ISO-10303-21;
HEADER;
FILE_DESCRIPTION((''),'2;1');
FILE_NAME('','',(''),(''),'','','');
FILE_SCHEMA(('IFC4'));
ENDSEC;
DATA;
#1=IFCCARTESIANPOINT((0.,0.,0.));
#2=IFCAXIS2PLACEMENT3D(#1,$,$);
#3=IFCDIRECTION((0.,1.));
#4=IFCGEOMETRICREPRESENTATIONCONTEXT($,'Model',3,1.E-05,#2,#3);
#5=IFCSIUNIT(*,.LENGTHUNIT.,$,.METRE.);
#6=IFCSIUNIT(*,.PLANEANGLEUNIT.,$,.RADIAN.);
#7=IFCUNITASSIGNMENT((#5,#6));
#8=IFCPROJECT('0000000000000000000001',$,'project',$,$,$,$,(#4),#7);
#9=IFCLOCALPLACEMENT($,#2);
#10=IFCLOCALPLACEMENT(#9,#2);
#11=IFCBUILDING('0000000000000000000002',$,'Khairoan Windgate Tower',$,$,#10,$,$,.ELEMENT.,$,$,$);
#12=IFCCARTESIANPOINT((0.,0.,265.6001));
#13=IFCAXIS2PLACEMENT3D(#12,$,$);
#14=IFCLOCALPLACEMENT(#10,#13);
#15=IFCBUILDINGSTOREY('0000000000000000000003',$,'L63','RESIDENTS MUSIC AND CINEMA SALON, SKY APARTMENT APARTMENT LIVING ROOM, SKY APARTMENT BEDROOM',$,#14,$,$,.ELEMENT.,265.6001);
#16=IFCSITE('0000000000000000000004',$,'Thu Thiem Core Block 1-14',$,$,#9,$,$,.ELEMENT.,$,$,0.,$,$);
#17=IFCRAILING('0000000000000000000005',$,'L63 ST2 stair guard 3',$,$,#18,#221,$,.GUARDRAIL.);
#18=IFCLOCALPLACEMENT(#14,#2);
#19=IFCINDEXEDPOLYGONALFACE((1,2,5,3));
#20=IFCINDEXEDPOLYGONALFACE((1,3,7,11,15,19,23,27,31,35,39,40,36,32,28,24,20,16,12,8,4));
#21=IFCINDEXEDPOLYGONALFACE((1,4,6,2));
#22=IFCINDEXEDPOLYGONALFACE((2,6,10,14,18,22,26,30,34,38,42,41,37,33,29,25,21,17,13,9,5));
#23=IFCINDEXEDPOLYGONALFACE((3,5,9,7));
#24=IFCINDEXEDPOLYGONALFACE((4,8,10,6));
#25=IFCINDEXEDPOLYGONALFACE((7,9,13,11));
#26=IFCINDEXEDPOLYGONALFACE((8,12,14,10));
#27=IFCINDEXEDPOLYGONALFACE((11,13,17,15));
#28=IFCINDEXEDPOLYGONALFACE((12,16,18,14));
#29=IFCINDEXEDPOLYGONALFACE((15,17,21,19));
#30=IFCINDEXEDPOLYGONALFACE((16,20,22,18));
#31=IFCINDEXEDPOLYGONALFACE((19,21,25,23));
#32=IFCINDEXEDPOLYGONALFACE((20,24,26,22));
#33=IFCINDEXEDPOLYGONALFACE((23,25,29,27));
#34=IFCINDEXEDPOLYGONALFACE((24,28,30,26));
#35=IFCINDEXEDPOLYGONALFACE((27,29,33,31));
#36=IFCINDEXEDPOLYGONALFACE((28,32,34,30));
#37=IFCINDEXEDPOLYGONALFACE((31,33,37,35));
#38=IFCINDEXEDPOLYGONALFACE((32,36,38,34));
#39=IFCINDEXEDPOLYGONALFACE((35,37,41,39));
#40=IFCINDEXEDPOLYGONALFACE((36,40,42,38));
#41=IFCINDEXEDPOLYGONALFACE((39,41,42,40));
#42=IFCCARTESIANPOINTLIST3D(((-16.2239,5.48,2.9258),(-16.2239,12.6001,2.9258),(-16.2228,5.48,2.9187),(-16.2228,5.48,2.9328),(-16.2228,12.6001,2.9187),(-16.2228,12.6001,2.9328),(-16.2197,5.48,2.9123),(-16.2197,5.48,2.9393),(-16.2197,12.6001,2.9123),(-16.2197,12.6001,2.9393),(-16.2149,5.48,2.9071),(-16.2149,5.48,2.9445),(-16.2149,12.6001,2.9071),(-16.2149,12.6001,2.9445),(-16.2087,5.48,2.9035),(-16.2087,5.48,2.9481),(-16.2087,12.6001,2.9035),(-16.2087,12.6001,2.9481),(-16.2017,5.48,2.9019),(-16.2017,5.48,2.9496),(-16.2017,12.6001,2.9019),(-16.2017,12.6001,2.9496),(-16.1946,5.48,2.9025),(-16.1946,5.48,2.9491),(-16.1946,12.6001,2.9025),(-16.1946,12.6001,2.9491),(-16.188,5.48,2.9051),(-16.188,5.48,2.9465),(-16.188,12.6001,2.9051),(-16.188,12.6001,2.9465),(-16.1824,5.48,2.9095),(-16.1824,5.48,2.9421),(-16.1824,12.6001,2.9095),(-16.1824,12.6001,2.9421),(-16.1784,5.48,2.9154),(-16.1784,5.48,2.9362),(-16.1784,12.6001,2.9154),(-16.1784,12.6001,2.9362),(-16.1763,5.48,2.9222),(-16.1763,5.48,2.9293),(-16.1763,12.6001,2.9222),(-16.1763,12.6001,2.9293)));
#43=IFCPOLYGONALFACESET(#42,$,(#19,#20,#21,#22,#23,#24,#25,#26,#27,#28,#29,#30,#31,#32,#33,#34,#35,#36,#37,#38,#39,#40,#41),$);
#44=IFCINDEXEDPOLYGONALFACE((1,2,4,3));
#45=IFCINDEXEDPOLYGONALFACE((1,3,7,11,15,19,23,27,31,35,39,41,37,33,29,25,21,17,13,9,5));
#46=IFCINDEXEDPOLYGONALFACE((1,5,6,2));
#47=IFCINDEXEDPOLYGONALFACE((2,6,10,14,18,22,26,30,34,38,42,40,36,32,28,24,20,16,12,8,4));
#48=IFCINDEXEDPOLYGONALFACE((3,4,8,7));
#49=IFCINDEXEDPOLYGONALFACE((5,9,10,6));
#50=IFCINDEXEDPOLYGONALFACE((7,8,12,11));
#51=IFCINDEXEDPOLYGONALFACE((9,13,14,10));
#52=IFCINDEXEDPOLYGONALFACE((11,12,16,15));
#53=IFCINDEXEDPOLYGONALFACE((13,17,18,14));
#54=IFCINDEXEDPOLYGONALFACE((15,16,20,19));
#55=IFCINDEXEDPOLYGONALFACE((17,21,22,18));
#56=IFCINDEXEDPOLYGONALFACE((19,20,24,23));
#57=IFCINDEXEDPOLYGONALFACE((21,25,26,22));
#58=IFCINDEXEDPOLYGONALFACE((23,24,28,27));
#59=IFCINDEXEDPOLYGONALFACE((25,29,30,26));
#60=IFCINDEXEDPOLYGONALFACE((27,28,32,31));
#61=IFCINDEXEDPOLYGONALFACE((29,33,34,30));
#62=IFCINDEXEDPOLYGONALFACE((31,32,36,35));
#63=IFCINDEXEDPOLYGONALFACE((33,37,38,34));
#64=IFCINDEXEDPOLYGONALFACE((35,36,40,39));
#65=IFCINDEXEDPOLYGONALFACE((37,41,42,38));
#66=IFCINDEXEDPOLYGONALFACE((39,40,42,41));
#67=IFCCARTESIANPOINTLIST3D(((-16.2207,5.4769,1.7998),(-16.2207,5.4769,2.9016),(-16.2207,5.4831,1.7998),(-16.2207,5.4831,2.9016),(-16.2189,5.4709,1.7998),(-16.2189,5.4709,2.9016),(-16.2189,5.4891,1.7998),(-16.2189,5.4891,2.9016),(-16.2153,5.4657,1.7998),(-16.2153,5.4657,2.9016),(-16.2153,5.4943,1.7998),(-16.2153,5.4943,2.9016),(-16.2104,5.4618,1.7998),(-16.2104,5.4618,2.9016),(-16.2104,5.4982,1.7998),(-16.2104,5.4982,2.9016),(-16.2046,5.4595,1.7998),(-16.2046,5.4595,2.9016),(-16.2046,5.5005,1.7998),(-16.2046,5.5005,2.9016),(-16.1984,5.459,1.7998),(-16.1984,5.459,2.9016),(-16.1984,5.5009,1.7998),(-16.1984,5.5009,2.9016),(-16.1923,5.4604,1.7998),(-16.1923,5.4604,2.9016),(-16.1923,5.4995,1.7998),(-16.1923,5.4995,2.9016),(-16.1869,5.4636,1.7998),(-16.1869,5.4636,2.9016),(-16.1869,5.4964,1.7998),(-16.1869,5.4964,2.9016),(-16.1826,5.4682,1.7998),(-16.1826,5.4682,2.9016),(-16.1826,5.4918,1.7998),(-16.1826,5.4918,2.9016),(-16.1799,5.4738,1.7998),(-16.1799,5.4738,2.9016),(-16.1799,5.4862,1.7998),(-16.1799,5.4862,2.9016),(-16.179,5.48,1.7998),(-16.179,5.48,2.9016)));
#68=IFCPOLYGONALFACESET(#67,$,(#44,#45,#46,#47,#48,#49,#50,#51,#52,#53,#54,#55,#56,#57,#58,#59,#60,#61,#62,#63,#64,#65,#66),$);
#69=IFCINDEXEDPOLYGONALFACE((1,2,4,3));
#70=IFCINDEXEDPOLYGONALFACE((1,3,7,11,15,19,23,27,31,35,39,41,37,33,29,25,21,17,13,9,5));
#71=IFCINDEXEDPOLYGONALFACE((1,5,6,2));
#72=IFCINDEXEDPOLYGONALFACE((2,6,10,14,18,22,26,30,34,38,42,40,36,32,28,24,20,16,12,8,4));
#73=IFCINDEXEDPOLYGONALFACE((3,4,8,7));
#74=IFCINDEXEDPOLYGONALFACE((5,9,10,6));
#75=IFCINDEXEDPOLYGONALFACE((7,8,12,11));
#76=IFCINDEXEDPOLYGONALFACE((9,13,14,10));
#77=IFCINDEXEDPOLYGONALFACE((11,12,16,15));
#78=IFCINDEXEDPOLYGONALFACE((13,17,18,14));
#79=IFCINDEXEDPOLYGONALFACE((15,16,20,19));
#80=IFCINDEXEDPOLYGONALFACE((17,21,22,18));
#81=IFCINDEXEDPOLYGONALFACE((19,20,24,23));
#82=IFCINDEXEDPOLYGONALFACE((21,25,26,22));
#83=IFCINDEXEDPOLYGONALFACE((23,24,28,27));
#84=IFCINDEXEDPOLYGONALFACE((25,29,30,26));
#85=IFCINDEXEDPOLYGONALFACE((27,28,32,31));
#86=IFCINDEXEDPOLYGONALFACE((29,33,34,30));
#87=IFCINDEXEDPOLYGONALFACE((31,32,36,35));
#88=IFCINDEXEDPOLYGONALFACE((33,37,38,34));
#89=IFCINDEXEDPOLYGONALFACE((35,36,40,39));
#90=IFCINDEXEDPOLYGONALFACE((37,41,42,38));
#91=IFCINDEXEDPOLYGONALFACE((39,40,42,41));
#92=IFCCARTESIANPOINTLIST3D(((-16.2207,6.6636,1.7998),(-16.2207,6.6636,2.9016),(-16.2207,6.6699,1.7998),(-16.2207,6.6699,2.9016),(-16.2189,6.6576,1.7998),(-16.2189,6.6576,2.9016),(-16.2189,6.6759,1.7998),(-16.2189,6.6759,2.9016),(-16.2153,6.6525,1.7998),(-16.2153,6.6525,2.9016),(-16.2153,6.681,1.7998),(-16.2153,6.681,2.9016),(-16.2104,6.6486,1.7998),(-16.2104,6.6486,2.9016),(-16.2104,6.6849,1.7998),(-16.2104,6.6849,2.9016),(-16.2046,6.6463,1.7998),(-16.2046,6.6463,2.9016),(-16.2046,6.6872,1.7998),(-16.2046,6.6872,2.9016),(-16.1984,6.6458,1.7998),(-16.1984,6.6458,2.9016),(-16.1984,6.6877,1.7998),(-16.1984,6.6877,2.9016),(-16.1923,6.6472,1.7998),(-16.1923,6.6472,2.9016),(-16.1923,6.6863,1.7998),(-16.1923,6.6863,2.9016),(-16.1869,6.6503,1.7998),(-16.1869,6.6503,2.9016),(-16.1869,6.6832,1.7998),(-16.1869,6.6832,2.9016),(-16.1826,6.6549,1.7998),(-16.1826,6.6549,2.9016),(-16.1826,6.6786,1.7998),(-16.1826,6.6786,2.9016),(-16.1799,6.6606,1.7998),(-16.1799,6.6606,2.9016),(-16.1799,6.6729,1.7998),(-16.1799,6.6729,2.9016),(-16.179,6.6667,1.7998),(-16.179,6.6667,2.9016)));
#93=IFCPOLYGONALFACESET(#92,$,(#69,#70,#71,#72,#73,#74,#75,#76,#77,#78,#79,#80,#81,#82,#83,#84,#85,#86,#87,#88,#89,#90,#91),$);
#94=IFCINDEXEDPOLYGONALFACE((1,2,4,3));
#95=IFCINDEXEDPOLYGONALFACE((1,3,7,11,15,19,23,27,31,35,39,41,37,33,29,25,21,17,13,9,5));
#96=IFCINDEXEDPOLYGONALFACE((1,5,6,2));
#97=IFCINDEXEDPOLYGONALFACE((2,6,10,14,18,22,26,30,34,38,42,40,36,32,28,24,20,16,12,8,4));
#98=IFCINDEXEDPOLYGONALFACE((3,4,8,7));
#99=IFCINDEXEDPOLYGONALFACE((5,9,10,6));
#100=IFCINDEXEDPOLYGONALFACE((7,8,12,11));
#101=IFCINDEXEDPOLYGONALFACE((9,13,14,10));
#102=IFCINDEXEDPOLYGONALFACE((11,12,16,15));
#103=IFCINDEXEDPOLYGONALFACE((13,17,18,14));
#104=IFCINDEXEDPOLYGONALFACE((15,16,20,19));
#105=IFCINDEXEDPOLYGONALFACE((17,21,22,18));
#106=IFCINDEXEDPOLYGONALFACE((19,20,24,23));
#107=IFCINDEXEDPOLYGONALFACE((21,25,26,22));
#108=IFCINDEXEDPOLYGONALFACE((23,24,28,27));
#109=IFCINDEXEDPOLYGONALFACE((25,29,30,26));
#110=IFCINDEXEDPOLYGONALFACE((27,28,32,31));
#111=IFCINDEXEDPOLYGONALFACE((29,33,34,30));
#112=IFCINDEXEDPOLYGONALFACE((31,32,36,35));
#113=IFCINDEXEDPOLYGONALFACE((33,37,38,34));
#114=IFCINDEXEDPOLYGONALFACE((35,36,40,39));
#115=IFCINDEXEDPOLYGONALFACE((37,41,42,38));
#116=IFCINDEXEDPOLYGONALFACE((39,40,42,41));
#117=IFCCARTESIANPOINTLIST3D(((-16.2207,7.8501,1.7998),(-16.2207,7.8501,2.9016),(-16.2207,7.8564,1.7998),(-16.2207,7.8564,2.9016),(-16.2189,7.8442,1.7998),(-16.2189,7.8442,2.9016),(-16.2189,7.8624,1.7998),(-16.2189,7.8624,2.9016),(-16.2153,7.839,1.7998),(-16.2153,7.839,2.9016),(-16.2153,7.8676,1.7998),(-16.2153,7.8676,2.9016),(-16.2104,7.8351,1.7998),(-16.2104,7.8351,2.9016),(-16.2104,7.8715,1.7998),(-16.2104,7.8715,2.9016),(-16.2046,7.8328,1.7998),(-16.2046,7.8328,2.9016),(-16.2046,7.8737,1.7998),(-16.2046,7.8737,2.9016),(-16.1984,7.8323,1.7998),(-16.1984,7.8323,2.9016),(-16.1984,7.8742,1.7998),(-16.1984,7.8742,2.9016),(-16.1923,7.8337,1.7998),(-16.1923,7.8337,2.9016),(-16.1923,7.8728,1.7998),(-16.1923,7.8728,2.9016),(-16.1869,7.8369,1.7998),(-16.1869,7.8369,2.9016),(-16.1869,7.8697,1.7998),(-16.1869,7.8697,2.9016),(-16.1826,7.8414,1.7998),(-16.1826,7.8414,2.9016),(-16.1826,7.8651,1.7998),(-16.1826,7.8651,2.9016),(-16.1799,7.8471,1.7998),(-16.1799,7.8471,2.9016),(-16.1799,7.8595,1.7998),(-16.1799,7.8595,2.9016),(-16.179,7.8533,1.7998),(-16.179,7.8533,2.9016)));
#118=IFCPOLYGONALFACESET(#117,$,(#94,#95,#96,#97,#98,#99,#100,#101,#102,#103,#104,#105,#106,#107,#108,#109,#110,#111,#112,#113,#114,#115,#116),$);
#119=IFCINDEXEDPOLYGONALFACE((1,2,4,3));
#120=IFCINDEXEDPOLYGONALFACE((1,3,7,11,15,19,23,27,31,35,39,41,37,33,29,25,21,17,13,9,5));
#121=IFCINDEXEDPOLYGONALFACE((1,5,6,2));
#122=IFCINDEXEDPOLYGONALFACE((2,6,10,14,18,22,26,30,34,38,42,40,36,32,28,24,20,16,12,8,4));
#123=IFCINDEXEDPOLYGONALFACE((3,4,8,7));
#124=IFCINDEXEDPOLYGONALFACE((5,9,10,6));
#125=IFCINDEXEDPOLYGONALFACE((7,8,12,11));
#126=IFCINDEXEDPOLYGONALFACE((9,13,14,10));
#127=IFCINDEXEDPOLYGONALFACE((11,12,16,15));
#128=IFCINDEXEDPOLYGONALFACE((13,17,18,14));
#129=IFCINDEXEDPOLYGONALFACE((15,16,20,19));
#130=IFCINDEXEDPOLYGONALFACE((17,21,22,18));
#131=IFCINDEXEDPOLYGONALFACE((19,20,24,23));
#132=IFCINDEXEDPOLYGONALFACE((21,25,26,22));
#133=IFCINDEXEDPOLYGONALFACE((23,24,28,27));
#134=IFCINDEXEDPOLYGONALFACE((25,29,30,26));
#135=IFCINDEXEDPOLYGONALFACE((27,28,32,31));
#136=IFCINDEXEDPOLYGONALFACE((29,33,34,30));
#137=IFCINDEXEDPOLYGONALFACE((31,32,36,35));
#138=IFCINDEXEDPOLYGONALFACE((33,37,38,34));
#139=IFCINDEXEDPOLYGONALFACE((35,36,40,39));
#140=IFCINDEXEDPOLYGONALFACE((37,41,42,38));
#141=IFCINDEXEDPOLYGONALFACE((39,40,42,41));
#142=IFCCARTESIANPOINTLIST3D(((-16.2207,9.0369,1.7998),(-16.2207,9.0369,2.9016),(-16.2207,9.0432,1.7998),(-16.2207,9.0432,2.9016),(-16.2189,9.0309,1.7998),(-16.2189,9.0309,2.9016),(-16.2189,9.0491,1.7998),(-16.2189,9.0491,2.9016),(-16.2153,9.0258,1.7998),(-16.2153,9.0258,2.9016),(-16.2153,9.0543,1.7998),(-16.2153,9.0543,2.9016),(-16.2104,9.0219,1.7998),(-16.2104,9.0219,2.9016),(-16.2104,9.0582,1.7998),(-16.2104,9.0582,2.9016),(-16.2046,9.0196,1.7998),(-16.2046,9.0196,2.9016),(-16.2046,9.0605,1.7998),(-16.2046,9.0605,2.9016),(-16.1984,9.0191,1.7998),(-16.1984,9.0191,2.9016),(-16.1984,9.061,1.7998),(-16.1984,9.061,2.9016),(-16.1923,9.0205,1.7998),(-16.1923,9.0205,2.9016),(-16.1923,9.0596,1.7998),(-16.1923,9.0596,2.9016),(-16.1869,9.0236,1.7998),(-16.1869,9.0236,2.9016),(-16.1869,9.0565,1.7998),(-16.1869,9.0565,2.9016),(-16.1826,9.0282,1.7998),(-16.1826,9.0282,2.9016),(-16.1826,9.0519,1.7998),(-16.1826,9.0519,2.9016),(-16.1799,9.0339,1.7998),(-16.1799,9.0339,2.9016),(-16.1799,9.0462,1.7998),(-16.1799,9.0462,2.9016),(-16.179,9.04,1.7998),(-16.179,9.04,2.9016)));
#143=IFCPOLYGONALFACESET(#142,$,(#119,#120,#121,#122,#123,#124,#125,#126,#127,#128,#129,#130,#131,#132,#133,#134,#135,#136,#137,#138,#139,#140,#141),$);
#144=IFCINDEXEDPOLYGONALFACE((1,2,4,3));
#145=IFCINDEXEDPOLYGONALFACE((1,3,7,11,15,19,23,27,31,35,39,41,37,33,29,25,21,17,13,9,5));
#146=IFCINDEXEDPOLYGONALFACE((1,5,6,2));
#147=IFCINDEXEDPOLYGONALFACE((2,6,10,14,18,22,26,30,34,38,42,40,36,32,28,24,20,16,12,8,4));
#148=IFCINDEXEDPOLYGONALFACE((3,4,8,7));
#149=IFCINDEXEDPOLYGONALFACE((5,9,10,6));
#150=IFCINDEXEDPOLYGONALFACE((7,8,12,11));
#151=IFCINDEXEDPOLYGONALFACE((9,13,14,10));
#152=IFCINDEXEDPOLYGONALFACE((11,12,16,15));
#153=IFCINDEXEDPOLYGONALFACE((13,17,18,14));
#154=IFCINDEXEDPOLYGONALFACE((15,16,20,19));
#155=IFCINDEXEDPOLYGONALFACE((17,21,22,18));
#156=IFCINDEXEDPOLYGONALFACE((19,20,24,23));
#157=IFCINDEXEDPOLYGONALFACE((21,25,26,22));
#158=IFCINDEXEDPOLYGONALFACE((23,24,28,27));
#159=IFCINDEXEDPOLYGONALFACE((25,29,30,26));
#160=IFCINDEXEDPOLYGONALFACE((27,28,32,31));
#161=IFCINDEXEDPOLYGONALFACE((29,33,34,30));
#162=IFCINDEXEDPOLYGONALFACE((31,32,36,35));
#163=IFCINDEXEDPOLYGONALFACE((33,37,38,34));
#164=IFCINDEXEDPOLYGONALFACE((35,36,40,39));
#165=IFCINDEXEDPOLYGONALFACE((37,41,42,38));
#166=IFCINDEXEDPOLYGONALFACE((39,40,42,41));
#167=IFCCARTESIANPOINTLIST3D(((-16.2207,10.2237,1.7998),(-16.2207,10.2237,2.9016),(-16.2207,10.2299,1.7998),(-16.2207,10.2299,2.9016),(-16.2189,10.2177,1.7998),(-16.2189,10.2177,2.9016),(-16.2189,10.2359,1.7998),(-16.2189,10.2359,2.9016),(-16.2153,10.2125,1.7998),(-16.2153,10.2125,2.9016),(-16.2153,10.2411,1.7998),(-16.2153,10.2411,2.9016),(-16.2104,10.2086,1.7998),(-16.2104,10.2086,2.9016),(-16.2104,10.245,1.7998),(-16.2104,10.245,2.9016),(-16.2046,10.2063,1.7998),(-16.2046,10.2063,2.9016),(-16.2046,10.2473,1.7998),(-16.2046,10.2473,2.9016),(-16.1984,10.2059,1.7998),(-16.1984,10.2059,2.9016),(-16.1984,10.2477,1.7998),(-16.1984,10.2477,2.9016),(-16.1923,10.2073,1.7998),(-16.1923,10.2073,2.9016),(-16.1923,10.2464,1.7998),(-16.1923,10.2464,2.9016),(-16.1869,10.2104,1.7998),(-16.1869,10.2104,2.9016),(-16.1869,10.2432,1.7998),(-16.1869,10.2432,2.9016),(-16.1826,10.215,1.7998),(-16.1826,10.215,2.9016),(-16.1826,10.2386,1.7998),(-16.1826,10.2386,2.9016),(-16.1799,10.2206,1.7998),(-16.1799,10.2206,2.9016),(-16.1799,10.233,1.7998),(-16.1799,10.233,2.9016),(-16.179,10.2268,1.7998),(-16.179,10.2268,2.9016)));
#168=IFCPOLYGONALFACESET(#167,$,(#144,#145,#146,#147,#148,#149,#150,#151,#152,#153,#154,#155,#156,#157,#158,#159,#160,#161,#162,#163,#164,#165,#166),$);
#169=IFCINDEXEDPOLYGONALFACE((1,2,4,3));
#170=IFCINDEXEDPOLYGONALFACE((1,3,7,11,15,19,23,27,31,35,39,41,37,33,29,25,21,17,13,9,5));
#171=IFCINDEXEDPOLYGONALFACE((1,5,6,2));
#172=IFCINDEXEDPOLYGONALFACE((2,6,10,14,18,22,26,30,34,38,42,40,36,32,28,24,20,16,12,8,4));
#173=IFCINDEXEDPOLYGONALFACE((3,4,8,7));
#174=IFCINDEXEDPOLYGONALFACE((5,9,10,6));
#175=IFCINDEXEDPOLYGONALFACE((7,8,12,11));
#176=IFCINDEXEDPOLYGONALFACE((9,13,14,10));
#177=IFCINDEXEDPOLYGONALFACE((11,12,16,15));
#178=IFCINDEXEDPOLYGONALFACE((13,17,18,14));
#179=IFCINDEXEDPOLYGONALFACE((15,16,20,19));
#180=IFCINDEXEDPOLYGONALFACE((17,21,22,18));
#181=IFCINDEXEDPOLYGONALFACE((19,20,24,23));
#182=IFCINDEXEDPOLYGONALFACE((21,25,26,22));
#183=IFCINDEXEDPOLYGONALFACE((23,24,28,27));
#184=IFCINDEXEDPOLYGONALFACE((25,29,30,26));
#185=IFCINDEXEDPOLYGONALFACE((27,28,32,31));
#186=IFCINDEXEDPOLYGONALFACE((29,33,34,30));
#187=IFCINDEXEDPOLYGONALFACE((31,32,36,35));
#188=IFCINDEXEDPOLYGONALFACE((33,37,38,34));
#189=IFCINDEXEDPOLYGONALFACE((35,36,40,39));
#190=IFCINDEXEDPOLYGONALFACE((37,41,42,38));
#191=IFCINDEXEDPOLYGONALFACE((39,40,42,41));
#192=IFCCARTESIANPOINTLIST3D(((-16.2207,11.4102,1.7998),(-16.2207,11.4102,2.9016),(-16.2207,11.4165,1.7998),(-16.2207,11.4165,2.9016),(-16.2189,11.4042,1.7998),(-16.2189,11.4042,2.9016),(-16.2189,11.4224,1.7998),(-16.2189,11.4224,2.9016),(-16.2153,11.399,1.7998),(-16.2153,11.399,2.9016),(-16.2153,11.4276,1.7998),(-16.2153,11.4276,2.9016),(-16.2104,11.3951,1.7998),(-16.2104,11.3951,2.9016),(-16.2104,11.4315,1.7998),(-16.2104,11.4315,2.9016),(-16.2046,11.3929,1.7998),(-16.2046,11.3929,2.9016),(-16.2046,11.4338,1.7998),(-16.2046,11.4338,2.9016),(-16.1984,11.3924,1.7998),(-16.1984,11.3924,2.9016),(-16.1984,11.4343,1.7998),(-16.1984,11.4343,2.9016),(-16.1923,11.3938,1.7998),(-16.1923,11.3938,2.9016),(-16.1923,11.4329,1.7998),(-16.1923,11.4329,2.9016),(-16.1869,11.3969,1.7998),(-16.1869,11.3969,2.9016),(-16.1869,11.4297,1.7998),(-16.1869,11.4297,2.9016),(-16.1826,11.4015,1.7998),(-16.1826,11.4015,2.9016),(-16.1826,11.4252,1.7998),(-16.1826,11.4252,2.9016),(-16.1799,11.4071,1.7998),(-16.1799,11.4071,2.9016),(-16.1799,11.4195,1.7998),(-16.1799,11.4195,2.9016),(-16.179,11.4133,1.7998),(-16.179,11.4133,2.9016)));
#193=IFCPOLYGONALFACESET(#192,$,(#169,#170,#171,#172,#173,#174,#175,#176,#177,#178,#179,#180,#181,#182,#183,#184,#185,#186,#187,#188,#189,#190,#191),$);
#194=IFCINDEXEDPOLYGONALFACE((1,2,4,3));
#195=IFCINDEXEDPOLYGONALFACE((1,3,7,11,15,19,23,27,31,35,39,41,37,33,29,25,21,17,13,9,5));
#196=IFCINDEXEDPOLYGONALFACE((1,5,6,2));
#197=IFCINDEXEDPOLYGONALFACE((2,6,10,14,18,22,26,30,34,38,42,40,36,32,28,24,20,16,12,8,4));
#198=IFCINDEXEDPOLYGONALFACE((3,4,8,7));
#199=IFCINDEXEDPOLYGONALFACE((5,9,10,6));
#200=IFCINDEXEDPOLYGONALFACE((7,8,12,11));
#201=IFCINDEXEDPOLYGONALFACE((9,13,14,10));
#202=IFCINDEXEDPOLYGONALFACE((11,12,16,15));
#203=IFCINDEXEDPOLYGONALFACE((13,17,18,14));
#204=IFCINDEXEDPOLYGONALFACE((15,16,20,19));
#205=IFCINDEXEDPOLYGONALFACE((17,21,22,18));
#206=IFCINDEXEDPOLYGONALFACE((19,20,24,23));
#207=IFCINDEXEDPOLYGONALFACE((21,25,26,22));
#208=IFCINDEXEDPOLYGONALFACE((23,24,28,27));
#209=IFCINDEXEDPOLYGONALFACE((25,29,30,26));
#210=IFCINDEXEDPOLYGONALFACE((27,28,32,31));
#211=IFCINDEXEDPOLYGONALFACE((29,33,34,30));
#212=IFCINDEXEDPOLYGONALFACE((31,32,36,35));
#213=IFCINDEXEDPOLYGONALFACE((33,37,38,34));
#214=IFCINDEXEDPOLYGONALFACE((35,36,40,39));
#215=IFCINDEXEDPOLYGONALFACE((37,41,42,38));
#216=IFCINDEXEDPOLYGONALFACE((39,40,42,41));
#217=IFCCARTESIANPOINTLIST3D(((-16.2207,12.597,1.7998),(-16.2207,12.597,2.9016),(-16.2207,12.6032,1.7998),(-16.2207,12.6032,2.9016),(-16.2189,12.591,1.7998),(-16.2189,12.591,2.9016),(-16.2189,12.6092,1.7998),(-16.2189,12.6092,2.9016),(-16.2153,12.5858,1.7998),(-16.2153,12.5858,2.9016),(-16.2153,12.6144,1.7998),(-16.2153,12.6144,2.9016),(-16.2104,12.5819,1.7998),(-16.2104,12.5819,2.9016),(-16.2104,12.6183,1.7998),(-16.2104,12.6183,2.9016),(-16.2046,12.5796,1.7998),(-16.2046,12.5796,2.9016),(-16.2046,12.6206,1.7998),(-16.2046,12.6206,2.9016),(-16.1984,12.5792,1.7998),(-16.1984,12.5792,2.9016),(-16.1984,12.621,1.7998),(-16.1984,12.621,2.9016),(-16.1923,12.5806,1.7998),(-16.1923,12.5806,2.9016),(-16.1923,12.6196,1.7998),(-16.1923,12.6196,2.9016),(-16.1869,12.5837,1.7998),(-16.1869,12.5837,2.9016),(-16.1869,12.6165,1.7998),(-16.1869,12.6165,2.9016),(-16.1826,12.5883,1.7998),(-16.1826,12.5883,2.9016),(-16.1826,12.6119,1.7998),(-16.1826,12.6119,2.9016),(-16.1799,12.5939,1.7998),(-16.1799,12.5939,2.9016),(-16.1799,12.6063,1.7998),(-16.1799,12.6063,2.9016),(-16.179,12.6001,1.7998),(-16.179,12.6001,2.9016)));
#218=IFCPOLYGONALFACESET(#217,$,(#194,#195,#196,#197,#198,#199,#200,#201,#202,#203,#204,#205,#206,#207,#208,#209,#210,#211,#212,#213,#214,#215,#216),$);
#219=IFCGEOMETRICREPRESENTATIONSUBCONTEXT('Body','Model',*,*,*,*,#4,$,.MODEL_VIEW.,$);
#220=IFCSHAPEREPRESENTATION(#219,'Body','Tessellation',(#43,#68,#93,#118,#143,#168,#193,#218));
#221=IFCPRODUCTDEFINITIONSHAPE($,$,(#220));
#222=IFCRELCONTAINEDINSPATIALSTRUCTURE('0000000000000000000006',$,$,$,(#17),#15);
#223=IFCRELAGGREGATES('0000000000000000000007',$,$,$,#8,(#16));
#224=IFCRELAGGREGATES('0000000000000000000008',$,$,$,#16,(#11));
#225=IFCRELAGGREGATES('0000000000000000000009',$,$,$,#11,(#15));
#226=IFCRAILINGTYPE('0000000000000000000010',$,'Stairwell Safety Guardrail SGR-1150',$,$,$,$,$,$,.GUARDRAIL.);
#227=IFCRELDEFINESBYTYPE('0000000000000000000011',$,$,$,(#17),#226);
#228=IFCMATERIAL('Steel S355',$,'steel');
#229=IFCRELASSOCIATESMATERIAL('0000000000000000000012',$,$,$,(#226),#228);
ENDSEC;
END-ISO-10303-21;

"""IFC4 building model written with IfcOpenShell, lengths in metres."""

from ifc_helpers import new_model, si_unit, direction, frame, origin, origin_2d, place, context, subcontext, project, spatial, circle, extrude, material, type_object, element, save


model = new_model("IFC4")

# Units and contexts
model_context = context("Model", 3, precision=1e-05, world=origin(), true_north=direction((0.0, 1.0)))
body_context = subcontext(model_context, "Body", "Model", "MODEL_VIEW")
ifc_project = project(units=[si_unit("LENGTHUNIT", "METRE"), si_unit("PLANEANGLEUNIT", "RADIAN")], contexts=[model_context])

# Site, building, storey
site_placement = place(None, origin())
site = spatial("IfcSite", under=ifc_project, at=site_placement, Name="Thu Thiem Core Block 1-14", CompositionType="ELEMENT", RefElevation=0.0)
building_placement = place(site_placement, origin())
building = spatial("IfcBuilding", under=site, at=building_placement, Name="Khairoan Windgate Tower", CompositionType="ELEMENT")
storey_placement = place(building_placement, frame((0.0, 0.0, 265.6001)))
storey = spatial("IfcBuildingStorey", under=building, at=storey_placement, Name="L63", Description="RESIDENTS MUSIC AND CINEMA SALON, SKY APARTMENT APARTMENT LIVING ROOM, SKY APARTMENT BEDROOM", CompositionType="ELEMENT", Elevation=265.6001)

# Railing
ifc_material_1 = material(Name="Steel S355", Category="steel")
railing_type_1 = type_object("IfcRailingType", Name="Stairwell Safety Guardrail SGR-1150", PredefinedType="GUARDRAIL", material=ifc_material_1)
railing_1_placement = place(storey_placement, frame((-16.2, 5.48, 1.7998)))
element("IfcRailing", 1, at=railing_1_placement, inside=storey, type_object=railing_type_1, Name="L63 ST2 stair guard 3", PredefinedType="GUARDRAIL", context=body_context, shape_type="SweptSolid", body=[
    extrude(circle(Radius=0.0239, at=origin_2d()), frame((0.0, 0.0, 1.126), z_axis=(0.0, 1.0, 0.0), x_axis=(-1.0, 0.0, 0.0)), (0.0, 0.0, 1.0), 7.1201),
    extrude(circle(Radius=0.021, at=origin_2d()), origin(), (0.0, 0.0, 1.0), 1.1018),
    extrude(circle(Radius=0.021, at=origin_2d()), frame((0.0, 1.1868, 0.0)), (0.0, 0.0, 1.0), 1.1018),
    extrude(circle(Radius=0.021, at=origin_2d()), frame((0.0, 2.3733, 0.0)), (0.0, 0.0, 1.0), 1.1018),
    extrude(circle(Radius=0.021, at=origin_2d()), frame((0.0, 3.5601, 0.0)), (0.0, 0.0, 1.0), 1.1018),
    extrude(circle(Radius=0.021, at=origin_2d()), frame((0.0, 4.7468, 0.0)), (0.0, 0.0, 1.0), 1.1018),
    extrude(circle(Radius=0.021, at=origin_2d()), frame((0.0, 5.9333, 0.0)), (0.0, 0.0, 1.0), 1.1018),
    extrude(circle(Radius=0.021, at=origin_2d()), frame((0.0, 7.1201, 0.0)), (0.0, 0.0, 1.0), 1.1018),
])

save(model, "model.ifc")
